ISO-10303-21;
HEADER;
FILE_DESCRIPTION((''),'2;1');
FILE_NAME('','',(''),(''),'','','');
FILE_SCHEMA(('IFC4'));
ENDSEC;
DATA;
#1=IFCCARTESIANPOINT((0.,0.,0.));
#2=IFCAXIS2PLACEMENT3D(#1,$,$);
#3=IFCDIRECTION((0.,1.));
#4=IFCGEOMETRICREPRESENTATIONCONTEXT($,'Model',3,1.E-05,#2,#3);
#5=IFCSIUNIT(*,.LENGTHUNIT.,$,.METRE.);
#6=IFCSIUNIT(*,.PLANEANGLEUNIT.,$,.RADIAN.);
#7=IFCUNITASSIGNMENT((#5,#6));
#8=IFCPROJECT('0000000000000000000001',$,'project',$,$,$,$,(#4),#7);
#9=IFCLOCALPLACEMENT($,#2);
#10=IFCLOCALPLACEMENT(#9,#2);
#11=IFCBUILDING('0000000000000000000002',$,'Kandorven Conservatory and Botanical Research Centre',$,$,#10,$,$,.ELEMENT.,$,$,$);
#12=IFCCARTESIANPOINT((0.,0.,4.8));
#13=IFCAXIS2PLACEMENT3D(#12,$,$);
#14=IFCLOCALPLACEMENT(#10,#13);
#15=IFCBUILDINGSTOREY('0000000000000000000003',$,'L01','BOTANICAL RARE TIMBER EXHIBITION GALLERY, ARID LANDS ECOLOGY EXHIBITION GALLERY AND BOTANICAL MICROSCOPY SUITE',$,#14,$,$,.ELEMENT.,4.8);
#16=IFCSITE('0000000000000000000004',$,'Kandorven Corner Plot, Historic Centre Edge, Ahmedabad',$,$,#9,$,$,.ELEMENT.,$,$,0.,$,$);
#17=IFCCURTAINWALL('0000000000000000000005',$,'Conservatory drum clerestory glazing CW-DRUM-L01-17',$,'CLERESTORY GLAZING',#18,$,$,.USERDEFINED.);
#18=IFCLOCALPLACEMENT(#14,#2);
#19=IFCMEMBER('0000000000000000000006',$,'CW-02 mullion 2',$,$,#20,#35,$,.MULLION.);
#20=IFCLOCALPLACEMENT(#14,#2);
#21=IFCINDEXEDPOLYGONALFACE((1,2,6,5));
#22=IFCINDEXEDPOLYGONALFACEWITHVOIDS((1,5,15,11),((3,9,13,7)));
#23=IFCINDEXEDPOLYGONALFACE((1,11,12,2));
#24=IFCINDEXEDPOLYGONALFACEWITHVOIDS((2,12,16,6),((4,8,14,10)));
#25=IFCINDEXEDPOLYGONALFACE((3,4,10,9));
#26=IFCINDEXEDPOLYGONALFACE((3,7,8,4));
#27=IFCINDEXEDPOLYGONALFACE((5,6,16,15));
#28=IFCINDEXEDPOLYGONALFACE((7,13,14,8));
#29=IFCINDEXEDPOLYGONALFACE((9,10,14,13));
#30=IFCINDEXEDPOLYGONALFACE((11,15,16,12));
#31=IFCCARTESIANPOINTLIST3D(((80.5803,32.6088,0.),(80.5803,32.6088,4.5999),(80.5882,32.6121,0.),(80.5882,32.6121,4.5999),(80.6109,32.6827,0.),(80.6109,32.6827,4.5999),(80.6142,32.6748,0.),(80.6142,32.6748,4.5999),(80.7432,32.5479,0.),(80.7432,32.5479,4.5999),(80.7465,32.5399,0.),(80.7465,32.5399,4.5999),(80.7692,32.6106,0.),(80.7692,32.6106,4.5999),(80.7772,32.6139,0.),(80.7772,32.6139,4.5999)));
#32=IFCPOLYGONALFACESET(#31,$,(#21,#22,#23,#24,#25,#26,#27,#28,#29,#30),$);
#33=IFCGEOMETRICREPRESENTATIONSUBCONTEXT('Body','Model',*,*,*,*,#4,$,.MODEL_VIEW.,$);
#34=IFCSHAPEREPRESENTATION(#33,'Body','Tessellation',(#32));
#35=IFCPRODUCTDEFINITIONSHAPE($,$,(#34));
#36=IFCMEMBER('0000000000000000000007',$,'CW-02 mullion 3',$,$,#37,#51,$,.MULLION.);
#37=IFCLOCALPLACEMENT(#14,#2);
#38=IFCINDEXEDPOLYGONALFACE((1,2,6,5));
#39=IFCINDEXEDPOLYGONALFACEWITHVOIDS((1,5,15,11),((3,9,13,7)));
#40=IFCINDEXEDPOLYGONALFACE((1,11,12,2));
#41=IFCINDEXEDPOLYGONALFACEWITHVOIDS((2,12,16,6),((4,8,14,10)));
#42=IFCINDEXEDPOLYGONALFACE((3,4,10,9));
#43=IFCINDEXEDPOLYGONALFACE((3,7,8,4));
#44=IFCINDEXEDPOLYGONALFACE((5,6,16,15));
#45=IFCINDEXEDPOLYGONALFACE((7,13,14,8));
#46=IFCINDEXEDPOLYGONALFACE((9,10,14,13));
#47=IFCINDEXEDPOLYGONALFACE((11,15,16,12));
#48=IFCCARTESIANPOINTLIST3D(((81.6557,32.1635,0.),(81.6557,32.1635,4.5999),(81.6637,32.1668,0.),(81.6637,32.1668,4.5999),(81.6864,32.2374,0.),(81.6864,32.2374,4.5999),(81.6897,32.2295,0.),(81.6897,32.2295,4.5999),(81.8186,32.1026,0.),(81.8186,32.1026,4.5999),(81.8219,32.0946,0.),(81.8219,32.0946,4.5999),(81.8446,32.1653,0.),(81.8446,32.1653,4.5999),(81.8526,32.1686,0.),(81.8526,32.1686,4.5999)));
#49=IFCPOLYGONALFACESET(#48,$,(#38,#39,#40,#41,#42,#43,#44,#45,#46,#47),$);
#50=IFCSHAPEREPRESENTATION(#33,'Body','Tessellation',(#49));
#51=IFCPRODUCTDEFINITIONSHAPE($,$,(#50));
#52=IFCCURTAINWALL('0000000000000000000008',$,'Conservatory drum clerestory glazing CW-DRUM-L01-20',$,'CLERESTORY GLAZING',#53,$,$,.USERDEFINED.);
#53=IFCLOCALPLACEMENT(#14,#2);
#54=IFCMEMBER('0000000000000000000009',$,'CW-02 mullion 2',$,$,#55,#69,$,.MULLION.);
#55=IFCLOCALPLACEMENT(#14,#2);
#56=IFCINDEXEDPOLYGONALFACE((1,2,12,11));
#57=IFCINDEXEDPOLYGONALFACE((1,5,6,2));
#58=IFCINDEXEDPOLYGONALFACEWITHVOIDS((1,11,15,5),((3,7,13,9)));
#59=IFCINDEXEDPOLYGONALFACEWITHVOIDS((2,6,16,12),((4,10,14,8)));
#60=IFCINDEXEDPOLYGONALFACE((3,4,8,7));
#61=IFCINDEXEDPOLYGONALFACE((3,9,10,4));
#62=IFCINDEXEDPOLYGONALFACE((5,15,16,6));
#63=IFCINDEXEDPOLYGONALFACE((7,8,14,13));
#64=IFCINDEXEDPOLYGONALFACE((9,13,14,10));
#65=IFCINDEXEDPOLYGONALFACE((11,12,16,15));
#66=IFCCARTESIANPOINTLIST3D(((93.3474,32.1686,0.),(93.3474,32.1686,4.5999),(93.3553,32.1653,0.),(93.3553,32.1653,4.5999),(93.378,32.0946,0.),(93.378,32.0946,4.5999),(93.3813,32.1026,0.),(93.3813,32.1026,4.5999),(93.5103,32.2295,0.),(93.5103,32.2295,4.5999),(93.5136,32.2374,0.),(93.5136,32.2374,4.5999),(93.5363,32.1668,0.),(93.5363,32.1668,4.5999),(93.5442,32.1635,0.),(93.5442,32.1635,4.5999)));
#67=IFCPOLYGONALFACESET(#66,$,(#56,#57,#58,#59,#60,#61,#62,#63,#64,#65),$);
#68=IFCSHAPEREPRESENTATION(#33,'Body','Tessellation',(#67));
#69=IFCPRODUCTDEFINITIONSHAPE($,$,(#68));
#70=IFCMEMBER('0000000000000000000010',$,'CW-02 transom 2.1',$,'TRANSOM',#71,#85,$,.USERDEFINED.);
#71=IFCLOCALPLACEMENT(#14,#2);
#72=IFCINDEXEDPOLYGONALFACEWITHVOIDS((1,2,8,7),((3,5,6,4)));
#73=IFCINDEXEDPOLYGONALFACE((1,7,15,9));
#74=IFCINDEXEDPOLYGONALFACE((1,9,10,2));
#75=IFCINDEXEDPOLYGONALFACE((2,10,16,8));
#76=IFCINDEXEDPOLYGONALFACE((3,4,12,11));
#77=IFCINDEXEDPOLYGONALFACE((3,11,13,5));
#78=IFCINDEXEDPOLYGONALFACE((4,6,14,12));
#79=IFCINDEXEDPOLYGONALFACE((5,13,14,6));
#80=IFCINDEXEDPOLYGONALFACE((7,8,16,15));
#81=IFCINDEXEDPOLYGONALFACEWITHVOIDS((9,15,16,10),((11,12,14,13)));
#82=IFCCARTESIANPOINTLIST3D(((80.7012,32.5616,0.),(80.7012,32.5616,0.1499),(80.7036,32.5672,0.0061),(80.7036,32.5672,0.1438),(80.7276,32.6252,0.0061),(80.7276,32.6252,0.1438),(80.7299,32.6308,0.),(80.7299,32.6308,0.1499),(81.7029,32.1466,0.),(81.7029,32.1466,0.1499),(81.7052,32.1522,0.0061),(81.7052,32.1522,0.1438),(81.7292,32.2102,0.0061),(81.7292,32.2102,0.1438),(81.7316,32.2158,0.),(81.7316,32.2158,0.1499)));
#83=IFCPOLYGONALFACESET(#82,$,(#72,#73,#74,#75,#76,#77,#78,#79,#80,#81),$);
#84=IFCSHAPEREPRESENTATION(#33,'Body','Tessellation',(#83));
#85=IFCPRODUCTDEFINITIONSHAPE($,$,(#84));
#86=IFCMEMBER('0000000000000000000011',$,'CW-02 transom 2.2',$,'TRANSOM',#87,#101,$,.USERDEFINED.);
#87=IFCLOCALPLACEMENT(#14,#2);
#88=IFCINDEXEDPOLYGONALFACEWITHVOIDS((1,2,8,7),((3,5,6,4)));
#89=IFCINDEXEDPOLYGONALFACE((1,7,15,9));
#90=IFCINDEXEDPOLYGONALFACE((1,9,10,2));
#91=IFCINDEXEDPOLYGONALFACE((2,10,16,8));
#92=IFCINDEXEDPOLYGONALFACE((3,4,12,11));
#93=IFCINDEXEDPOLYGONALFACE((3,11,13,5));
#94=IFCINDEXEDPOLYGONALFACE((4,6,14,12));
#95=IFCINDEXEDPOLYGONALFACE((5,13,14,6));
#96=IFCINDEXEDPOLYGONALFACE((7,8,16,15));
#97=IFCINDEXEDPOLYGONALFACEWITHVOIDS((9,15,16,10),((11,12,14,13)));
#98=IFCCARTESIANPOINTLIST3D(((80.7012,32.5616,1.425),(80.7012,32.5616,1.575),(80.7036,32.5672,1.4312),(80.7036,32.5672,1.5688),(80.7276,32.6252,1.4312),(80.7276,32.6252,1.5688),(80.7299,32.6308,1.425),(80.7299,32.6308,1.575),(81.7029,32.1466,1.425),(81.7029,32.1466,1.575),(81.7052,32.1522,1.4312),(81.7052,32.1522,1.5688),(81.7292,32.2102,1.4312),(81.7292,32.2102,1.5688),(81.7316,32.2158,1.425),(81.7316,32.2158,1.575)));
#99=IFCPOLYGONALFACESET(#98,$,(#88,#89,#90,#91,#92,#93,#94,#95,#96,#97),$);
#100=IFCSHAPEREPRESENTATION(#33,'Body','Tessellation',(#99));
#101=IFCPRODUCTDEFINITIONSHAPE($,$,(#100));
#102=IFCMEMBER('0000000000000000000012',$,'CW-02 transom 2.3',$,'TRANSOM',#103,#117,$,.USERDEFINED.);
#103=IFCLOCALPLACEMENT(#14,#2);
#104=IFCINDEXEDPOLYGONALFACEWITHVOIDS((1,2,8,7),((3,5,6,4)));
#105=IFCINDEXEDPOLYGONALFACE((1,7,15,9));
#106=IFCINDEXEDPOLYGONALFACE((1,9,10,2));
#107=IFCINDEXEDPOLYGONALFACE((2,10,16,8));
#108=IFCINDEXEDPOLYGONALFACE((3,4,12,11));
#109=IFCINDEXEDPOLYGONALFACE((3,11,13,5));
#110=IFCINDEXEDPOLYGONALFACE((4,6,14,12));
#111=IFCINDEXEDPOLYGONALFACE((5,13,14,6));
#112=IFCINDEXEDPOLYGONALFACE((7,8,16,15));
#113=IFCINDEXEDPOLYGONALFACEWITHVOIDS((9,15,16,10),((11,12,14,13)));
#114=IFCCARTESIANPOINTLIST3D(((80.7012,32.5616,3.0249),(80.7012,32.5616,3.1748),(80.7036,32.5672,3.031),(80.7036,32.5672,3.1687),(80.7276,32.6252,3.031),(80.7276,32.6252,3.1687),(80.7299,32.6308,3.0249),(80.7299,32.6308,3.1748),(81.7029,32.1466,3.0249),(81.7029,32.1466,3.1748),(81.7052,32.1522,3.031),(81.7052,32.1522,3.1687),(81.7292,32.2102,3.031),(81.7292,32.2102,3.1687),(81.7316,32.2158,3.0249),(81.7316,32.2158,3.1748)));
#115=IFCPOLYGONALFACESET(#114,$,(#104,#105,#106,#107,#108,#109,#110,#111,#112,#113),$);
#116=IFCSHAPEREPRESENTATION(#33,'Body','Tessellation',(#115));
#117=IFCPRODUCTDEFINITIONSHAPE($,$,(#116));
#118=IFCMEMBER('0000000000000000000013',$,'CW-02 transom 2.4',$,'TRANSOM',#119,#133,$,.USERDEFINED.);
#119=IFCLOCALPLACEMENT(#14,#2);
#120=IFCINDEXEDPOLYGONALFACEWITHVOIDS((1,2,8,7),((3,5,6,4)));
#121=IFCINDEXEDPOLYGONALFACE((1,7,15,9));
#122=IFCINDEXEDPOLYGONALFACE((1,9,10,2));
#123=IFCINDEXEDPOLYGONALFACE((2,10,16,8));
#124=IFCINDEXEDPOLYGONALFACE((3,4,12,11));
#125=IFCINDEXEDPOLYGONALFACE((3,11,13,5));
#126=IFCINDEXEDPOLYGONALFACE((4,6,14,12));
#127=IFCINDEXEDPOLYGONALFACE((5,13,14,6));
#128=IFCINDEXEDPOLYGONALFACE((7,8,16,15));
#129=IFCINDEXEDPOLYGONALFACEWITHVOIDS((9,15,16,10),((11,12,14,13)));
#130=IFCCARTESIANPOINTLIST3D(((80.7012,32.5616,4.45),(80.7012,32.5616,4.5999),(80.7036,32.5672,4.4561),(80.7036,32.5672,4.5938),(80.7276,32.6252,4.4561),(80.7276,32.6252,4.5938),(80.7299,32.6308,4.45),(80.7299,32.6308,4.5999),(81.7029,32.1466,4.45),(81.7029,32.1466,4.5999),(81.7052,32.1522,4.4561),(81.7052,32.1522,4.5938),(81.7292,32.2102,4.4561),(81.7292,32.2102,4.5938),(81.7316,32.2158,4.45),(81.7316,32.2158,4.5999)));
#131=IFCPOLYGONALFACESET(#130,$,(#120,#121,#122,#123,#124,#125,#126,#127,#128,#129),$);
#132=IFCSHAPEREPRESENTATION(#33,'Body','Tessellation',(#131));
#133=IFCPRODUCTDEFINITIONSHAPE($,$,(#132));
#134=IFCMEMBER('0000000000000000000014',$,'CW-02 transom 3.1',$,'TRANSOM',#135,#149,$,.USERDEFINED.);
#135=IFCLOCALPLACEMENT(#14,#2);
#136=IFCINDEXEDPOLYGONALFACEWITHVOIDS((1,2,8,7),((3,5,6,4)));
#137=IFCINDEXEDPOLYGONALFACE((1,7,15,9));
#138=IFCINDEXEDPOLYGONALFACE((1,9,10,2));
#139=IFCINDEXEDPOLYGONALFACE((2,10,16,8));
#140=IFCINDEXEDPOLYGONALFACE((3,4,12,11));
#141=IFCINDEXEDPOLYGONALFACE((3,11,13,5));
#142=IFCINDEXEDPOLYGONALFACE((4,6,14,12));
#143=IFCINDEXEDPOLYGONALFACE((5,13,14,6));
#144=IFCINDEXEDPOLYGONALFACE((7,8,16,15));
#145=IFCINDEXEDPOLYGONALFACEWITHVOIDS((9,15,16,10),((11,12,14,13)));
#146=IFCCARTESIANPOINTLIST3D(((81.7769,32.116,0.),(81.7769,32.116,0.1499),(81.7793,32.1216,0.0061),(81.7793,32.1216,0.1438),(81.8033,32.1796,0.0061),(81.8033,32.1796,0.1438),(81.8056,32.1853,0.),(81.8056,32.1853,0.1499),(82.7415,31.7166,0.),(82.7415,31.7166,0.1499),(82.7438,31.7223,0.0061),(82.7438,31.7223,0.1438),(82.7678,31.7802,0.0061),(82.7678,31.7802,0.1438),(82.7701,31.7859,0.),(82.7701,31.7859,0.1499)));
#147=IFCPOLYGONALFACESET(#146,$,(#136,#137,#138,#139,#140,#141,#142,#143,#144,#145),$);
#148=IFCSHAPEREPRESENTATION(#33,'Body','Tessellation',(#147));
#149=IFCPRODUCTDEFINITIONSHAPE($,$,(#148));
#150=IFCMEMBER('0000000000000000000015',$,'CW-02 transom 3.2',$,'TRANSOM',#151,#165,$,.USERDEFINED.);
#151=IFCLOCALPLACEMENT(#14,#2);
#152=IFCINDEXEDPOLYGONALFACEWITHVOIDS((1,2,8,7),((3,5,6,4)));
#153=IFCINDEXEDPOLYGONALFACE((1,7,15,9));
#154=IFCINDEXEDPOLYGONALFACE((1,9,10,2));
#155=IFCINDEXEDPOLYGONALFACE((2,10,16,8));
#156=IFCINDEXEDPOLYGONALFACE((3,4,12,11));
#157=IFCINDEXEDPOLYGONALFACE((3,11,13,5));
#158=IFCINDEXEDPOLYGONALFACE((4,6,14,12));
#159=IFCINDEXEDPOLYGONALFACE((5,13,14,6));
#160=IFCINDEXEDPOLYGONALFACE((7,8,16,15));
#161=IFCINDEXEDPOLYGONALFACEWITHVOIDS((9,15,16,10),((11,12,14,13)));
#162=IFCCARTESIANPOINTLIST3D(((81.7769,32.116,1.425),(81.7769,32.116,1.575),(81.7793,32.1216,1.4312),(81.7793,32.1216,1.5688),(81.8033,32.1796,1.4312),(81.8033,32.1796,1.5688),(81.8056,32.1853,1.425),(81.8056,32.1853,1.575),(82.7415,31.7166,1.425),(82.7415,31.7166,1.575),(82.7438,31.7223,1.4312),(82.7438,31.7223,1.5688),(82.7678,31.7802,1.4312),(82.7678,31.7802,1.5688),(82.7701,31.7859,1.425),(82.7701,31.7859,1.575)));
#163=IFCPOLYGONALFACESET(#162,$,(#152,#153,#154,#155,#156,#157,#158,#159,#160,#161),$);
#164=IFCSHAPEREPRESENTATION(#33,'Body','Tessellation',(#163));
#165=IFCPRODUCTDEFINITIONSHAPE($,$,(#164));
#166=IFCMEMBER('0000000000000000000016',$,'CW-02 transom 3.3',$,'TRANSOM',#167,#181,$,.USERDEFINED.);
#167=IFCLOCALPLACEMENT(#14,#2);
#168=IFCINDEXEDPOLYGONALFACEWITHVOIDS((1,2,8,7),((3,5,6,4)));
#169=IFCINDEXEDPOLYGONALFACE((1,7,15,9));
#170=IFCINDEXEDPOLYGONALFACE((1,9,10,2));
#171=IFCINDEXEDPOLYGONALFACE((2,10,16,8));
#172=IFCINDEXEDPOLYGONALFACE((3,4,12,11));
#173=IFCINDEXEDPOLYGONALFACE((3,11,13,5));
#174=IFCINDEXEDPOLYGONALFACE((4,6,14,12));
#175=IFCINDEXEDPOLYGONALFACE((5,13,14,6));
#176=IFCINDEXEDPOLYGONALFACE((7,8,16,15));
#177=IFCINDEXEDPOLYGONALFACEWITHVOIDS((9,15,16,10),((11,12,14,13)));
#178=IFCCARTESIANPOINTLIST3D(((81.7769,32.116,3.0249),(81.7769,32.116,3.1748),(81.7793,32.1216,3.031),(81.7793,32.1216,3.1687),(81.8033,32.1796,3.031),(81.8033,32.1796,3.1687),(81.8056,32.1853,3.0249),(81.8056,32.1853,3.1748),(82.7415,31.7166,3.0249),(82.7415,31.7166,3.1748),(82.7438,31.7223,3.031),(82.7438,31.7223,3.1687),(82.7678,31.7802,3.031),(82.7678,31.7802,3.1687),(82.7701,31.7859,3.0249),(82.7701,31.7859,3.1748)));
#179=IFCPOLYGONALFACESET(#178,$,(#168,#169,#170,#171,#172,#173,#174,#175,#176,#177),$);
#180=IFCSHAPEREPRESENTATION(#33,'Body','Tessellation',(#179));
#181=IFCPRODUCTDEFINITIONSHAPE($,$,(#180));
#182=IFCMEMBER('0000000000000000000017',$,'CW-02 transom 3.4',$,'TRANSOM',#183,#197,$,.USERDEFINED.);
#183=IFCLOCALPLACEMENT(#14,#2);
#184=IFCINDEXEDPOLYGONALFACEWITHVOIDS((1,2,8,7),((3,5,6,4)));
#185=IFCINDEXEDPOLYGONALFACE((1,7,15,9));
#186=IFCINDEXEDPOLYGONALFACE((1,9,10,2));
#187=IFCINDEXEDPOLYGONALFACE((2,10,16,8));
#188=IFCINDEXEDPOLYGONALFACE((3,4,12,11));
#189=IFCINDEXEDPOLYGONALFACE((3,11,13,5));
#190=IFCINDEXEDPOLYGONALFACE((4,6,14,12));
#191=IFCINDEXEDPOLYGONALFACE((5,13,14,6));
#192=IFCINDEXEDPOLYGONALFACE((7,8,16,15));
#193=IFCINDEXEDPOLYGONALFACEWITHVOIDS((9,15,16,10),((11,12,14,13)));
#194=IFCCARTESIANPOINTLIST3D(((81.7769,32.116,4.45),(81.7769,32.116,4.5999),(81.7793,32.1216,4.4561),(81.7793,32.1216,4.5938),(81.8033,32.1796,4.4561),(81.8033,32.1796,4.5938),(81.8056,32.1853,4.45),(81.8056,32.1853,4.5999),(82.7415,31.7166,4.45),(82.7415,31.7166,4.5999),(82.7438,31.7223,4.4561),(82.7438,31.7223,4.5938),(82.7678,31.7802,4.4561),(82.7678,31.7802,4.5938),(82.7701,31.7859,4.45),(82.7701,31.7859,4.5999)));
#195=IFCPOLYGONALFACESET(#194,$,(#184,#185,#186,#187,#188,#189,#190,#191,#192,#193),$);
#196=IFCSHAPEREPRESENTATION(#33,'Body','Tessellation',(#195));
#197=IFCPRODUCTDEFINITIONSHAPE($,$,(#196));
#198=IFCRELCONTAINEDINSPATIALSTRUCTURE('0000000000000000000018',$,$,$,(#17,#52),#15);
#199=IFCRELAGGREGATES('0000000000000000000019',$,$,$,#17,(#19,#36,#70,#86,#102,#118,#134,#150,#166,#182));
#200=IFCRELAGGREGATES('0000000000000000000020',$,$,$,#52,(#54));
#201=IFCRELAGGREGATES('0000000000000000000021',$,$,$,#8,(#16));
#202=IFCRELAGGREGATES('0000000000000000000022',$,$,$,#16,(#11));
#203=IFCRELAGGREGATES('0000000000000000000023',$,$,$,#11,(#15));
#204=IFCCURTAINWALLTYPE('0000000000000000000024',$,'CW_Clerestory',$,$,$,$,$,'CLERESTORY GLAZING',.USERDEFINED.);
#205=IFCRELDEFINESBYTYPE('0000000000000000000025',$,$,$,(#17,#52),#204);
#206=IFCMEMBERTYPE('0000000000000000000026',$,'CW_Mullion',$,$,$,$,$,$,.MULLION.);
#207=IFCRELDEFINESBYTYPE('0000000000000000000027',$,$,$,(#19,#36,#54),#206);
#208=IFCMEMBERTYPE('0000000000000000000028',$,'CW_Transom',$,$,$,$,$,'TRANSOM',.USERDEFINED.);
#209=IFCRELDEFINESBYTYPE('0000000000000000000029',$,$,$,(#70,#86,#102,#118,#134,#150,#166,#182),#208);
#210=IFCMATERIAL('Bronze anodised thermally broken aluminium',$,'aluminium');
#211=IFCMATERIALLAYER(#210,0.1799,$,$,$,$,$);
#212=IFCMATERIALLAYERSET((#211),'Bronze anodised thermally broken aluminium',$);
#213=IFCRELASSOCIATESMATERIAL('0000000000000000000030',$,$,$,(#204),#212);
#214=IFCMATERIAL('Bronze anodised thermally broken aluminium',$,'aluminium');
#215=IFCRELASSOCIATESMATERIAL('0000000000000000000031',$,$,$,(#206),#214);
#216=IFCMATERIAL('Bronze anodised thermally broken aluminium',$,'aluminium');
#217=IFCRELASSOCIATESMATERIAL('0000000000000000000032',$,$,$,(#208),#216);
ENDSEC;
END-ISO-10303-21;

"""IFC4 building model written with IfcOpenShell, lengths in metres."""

from ifc_helpers import new_model, si_unit, direction, frame, origin, origin_2d, place, context, subcontext, project, spatial, hollow_rectangle, extrude, material, layer, layer_set, material_profile, profile_set, type_object, element, aggregate, save


model = new_model("IFC4")

# Units and contexts
model_context = context("Model", 3, precision=1e-05, world=origin(), true_north=direction((0.0, 1.0)))
body_context = subcontext(model_context, "Body", "Model", "MODEL_VIEW")
ifc_project = project(units=[si_unit("LENGTHUNIT", "METRE"), si_unit("PLANEANGLEUNIT", "RADIAN")], contexts=[model_context])

# Site, building, storey
site_placement = place(None, origin())
site = spatial("IfcSite", under=ifc_project, at=site_placement, Name="Kandorven Corner Plot, Historic Centre Edge, Ahmedabad", CompositionType="ELEMENT", RefElevation=0.0)
building_placement = place(site_placement, origin())
building = spatial("IfcBuilding", under=site, at=building_placement, Name="Kandorven Conservatory and Botanical Research Centre", CompositionType="ELEMENT")
storey_placement = place(building_placement, frame((0.0, 0.0, 4.8)))
storey = spatial("IfcBuildingStorey", under=building, at=storey_placement, Name="L01", Description="BOTANICAL RARE TIMBER EXHIBITION GALLERY, ARID LANDS ECOLOGY EXHIBITION GALLERY AND BOTANICAL MICROSCOPY SUITE", CompositionType="ELEMENT", Elevation=4.8)

# Curtain wall, members
ifc_material_1 = material(Name="Bronze anodised thermally broken aluminium", Category="aluminium")
ifc_layer_1 = layer(ifc_material_1, 0.1799)
ifc_layer_set_1 = layer_set([ifc_layer_1], Name="Bronze anodised thermally broken aluminium")
curtain_wall_type = type_object("IfcCurtainWallType", Name="CW_Clerestory", ElementType="CLERESTORY GLAZING", PredefinedType="USERDEFINED", material=ifc_layer_set_1)
curtain_wall_1_placement = place(storey_placement, origin())
curtain_wall_1 = element("IfcCurtainWall", 1, at=curtain_wall_1_placement, inside=storey, type_object=curtain_wall_type, Name="Conservatory drum clerestory glazing CW-DRUM-L01-17", ObjectType="CLERESTORY GLAZING", PredefinedType="USERDEFINED")
ifc_material_2 = material(Name="Bronze anodised thermally broken aluminium", Category="aluminium")
ifc_material_profile_1 = material_profile(ifc_material_2, hollow_rectangle(XDim=0.0801, YDim=0.1799, WallThickness=0.0061, at=origin_2d()))
ifc_profile_set_1 = profile_set([ifc_material_profile_1], Name="Bronze anodised thermally broken aluminium")
member_type_1 = type_object("IfcMemberType", Name="CW_Mullion", PredefinedType="MULLION", material=ifc_profile_set_1)
member_1_placement = place(storey_placement, frame((80.6787, 32.6113, 0.0), z_axis=(0.0, 0.0, 1.0), x_axis=(0.382669, 0.923886, 0.0)))
member_1 = element("IfcMember", 2, at=member_1_placement, type_object=member_type_1, Name="CW-02 mullion 2", PredefinedType="MULLION", context=body_context, shape_type="SweptSolid", body=[
    extrude(hollow_rectangle(XDim=0.0801, YDim=0.1799, WallThickness=0.0061, at=origin_2d()), origin(), (0.0, 0.0, 1.0), 4.5999),
])
member_2_placement = place(storey_placement, frame((81.7542, 32.166, 0.0), z_axis=(0.0, 0.0, 1.0), x_axis=(0.382669, 0.923886, 0.0)))
member_2 = element("IfcMember", 3, at=member_2_placement, type_object=member_type_1, Name="CW-02 mullion 3", PredefinedType="MULLION", context=body_context, shape_type="SweptSolid", body=[
    extrude(hollow_rectangle(XDim=0.0801, YDim=0.1799, WallThickness=0.0061, at=origin_2d()), origin(), (0.0, 0.0, 1.0), 4.5999),
])

# Curtain wall, member
curtain_wall_2_placement = place(storey_placement, origin())
curtain_wall_2 = element("IfcCurtainWall", 4, at=curtain_wall_2_placement, inside=storey, type_object=curtain_wall_type, Name="Conservatory drum clerestory glazing CW-DRUM-L01-20", ObjectType="CLERESTORY GLAZING", PredefinedType="USERDEFINED")
member_3_placement = place(storey_placement, frame((93.4458, 32.166, 0.0), z_axis=(0.0, 0.0, 1.0), x_axis=(-0.382669, 0.923886, 0.0)))
member_3 = element("IfcMember", 5, at=member_3_placement, type_object=member_type_1, Name="CW-02 mullion 2", PredefinedType="MULLION", context=body_context, shape_type="SweptSolid", body=[
    extrude(hollow_rectangle(XDim=0.0801, YDim=0.1799, WallThickness=0.0061, at=origin_2d()), origin(), (0.0, 0.0, 1.0), 4.5999),
])

# Members
ifc_material_3 = material(Name="Bronze anodised thermally broken aluminium", Category="aluminium")
ifc_material_profile_2 = material_profile(ifc_material_3, hollow_rectangle(XDim=0.075, YDim=0.1499, WallThickness=0.0061, at=origin_2d()))
ifc_profile_set_2 = profile_set([ifc_material_profile_2], Name="Bronze anodised thermally broken aluminium")
member_type_2 = type_object("IfcMemberType", Name="CW_Transom", ElementType="TRANSOM", PredefinedType="USERDEFINED", material=ifc_profile_set_2)
member_4_placement = place(storey_placement, frame((80.7156, 32.5962, 0.075), z_axis=(0.923841, -0.382776, 0.0), x_axis=(0.382776, 0.923841, 0.0)))
member_4 = element("IfcMember", 6, at=member_4_placement, type_object=member_type_2, Name="CW-02 transom 2.1", ObjectType="TRANSOM", PredefinedType="USERDEFINED", context=body_context, shape_type="SweptSolid", body=[
    extrude(hollow_rectangle(XDim=0.075, YDim=0.1499, WallThickness=0.0061, at=origin_2d()), origin(), (0.0, 0.0, 1.0), 1.0842),
])
member_5_placement = place(storey_placement, frame((80.7156, 32.5962, 1.5), z_axis=(0.923841, -0.382776, 0.0), x_axis=(0.382776, 0.923841, 0.0)))
member_5 = element("IfcMember", 7, at=member_5_placement, type_object=member_type_2, Name="CW-02 transom 2.2", ObjectType="TRANSOM", PredefinedType="USERDEFINED", context=body_context, shape_type="SweptSolid", body=[
    extrude(hollow_rectangle(XDim=0.075, YDim=0.1499, WallThickness=0.0061, at=origin_2d()), origin(), (0.0, 0.0, 1.0), 1.0842),
])
member_6_placement = place(storey_placement, frame((80.7156, 32.5962, 3.0999), z_axis=(0.923841, -0.382776, 0.0), x_axis=(0.382776, 0.923841, 0.0)))
member_6 = element("IfcMember", 8, at=member_6_placement, type_object=member_type_2, Name="CW-02 transom 2.3", ObjectType="TRANSOM", PredefinedType="USERDEFINED", context=body_context, shape_type="SweptSolid", body=[
    extrude(hollow_rectangle(XDim=0.075, YDim=0.1499, WallThickness=0.0061, at=origin_2d()), origin(), (0.0, 0.0, 1.0), 1.0842),
])
member_7_placement = place(storey_placement, frame((80.7156, 32.5962, 4.5249), z_axis=(0.923841, -0.382776, 0.0), x_axis=(0.382776, 0.923841, 0.0)))
member_7 = element("IfcMember", 9, at=member_7_placement, type_object=member_type_2, Name="CW-02 transom 2.4", ObjectType="TRANSOM", PredefinedType="USERDEFINED", context=body_context, shape_type="SweptSolid", body=[
    extrude(hollow_rectangle(XDim=0.075, YDim=0.1499, WallThickness=0.0061, at=origin_2d()), origin(), (0.0, 0.0, 1.0), 1.0842),
])
member_8_placement = place(storey_placement, frame((81.7913, 32.1506, 0.075), z_axis=(0.923926, -0.382572, 0.0), x_axis=(0.382572, 0.923926, 0.0)))
member_8 = element("IfcMember", 10, at=member_8_placement, type_object=member_type_2, Name="CW-02 transom 3.1", ObjectType="TRANSOM", PredefinedType="USERDEFINED", context=body_context, shape_type="SweptSolid", body=[
    extrude(hollow_rectangle(XDim=0.075, YDim=0.1499, WallThickness=0.0061, at=origin_2d()), origin(), (0.0, 0.0, 1.0), 1.0439),
])
member_9_placement = place(storey_placement, frame((81.7913, 32.1506, 1.5), z_axis=(0.923926, -0.382572, 0.0), x_axis=(0.382572, 0.923926, 0.0)))
member_9 = element("IfcMember", 11, at=member_9_placement, type_object=member_type_2, Name="CW-02 transom 3.2", ObjectType="TRANSOM", PredefinedType="USERDEFINED", context=body_context, shape_type="SweptSolid", body=[
    extrude(hollow_rectangle(XDim=0.075, YDim=0.1499, WallThickness=0.0061, at=origin_2d()), origin(), (0.0, 0.0, 1.0), 1.0439),
])
member_10_placement = place(storey_placement, frame((81.7913, 32.1506, 3.0999), z_axis=(0.923926, -0.382572, 0.0), x_axis=(0.382572, 0.923926, 0.0)))
member_10 = element("IfcMember", 12, at=member_10_placement, type_object=member_type_2, Name="CW-02 transom 3.3", ObjectType="TRANSOM", PredefinedType="USERDEFINED", context=body_context, shape_type="SweptSolid", body=[
    extrude(hollow_rectangle(XDim=0.075, YDim=0.1499, WallThickness=0.0061, at=origin_2d()), origin(), (0.0, 0.0, 1.0), 1.0439),
])
member_11_placement = place(storey_placement, frame((81.7913, 32.1506, 4.5249), z_axis=(0.923926, -0.382572, 0.0), x_axis=(0.382572, 0.923926, 0.0)))
member_11 = element("IfcMember", 13, at=member_11_placement, type_object=member_type_2, Name="CW-02 transom 3.4", ObjectType="TRANSOM", PredefinedType="USERDEFINED", context=body_context, shape_type="SweptSolid", body=[
    extrude(hollow_rectangle(XDim=0.075, YDim=0.1499, WallThickness=0.0061, at=origin_2d()), origin(), (0.0, 0.0, 1.0), 1.0439),
])

aggregate(curtain_wall_1, [member_1, member_2, member_4, member_5, member_6, member_7, member_8, member_9, member_10, member_11])
aggregate(curtain_wall_2, [member_3])

save(model, "model.ifc")
